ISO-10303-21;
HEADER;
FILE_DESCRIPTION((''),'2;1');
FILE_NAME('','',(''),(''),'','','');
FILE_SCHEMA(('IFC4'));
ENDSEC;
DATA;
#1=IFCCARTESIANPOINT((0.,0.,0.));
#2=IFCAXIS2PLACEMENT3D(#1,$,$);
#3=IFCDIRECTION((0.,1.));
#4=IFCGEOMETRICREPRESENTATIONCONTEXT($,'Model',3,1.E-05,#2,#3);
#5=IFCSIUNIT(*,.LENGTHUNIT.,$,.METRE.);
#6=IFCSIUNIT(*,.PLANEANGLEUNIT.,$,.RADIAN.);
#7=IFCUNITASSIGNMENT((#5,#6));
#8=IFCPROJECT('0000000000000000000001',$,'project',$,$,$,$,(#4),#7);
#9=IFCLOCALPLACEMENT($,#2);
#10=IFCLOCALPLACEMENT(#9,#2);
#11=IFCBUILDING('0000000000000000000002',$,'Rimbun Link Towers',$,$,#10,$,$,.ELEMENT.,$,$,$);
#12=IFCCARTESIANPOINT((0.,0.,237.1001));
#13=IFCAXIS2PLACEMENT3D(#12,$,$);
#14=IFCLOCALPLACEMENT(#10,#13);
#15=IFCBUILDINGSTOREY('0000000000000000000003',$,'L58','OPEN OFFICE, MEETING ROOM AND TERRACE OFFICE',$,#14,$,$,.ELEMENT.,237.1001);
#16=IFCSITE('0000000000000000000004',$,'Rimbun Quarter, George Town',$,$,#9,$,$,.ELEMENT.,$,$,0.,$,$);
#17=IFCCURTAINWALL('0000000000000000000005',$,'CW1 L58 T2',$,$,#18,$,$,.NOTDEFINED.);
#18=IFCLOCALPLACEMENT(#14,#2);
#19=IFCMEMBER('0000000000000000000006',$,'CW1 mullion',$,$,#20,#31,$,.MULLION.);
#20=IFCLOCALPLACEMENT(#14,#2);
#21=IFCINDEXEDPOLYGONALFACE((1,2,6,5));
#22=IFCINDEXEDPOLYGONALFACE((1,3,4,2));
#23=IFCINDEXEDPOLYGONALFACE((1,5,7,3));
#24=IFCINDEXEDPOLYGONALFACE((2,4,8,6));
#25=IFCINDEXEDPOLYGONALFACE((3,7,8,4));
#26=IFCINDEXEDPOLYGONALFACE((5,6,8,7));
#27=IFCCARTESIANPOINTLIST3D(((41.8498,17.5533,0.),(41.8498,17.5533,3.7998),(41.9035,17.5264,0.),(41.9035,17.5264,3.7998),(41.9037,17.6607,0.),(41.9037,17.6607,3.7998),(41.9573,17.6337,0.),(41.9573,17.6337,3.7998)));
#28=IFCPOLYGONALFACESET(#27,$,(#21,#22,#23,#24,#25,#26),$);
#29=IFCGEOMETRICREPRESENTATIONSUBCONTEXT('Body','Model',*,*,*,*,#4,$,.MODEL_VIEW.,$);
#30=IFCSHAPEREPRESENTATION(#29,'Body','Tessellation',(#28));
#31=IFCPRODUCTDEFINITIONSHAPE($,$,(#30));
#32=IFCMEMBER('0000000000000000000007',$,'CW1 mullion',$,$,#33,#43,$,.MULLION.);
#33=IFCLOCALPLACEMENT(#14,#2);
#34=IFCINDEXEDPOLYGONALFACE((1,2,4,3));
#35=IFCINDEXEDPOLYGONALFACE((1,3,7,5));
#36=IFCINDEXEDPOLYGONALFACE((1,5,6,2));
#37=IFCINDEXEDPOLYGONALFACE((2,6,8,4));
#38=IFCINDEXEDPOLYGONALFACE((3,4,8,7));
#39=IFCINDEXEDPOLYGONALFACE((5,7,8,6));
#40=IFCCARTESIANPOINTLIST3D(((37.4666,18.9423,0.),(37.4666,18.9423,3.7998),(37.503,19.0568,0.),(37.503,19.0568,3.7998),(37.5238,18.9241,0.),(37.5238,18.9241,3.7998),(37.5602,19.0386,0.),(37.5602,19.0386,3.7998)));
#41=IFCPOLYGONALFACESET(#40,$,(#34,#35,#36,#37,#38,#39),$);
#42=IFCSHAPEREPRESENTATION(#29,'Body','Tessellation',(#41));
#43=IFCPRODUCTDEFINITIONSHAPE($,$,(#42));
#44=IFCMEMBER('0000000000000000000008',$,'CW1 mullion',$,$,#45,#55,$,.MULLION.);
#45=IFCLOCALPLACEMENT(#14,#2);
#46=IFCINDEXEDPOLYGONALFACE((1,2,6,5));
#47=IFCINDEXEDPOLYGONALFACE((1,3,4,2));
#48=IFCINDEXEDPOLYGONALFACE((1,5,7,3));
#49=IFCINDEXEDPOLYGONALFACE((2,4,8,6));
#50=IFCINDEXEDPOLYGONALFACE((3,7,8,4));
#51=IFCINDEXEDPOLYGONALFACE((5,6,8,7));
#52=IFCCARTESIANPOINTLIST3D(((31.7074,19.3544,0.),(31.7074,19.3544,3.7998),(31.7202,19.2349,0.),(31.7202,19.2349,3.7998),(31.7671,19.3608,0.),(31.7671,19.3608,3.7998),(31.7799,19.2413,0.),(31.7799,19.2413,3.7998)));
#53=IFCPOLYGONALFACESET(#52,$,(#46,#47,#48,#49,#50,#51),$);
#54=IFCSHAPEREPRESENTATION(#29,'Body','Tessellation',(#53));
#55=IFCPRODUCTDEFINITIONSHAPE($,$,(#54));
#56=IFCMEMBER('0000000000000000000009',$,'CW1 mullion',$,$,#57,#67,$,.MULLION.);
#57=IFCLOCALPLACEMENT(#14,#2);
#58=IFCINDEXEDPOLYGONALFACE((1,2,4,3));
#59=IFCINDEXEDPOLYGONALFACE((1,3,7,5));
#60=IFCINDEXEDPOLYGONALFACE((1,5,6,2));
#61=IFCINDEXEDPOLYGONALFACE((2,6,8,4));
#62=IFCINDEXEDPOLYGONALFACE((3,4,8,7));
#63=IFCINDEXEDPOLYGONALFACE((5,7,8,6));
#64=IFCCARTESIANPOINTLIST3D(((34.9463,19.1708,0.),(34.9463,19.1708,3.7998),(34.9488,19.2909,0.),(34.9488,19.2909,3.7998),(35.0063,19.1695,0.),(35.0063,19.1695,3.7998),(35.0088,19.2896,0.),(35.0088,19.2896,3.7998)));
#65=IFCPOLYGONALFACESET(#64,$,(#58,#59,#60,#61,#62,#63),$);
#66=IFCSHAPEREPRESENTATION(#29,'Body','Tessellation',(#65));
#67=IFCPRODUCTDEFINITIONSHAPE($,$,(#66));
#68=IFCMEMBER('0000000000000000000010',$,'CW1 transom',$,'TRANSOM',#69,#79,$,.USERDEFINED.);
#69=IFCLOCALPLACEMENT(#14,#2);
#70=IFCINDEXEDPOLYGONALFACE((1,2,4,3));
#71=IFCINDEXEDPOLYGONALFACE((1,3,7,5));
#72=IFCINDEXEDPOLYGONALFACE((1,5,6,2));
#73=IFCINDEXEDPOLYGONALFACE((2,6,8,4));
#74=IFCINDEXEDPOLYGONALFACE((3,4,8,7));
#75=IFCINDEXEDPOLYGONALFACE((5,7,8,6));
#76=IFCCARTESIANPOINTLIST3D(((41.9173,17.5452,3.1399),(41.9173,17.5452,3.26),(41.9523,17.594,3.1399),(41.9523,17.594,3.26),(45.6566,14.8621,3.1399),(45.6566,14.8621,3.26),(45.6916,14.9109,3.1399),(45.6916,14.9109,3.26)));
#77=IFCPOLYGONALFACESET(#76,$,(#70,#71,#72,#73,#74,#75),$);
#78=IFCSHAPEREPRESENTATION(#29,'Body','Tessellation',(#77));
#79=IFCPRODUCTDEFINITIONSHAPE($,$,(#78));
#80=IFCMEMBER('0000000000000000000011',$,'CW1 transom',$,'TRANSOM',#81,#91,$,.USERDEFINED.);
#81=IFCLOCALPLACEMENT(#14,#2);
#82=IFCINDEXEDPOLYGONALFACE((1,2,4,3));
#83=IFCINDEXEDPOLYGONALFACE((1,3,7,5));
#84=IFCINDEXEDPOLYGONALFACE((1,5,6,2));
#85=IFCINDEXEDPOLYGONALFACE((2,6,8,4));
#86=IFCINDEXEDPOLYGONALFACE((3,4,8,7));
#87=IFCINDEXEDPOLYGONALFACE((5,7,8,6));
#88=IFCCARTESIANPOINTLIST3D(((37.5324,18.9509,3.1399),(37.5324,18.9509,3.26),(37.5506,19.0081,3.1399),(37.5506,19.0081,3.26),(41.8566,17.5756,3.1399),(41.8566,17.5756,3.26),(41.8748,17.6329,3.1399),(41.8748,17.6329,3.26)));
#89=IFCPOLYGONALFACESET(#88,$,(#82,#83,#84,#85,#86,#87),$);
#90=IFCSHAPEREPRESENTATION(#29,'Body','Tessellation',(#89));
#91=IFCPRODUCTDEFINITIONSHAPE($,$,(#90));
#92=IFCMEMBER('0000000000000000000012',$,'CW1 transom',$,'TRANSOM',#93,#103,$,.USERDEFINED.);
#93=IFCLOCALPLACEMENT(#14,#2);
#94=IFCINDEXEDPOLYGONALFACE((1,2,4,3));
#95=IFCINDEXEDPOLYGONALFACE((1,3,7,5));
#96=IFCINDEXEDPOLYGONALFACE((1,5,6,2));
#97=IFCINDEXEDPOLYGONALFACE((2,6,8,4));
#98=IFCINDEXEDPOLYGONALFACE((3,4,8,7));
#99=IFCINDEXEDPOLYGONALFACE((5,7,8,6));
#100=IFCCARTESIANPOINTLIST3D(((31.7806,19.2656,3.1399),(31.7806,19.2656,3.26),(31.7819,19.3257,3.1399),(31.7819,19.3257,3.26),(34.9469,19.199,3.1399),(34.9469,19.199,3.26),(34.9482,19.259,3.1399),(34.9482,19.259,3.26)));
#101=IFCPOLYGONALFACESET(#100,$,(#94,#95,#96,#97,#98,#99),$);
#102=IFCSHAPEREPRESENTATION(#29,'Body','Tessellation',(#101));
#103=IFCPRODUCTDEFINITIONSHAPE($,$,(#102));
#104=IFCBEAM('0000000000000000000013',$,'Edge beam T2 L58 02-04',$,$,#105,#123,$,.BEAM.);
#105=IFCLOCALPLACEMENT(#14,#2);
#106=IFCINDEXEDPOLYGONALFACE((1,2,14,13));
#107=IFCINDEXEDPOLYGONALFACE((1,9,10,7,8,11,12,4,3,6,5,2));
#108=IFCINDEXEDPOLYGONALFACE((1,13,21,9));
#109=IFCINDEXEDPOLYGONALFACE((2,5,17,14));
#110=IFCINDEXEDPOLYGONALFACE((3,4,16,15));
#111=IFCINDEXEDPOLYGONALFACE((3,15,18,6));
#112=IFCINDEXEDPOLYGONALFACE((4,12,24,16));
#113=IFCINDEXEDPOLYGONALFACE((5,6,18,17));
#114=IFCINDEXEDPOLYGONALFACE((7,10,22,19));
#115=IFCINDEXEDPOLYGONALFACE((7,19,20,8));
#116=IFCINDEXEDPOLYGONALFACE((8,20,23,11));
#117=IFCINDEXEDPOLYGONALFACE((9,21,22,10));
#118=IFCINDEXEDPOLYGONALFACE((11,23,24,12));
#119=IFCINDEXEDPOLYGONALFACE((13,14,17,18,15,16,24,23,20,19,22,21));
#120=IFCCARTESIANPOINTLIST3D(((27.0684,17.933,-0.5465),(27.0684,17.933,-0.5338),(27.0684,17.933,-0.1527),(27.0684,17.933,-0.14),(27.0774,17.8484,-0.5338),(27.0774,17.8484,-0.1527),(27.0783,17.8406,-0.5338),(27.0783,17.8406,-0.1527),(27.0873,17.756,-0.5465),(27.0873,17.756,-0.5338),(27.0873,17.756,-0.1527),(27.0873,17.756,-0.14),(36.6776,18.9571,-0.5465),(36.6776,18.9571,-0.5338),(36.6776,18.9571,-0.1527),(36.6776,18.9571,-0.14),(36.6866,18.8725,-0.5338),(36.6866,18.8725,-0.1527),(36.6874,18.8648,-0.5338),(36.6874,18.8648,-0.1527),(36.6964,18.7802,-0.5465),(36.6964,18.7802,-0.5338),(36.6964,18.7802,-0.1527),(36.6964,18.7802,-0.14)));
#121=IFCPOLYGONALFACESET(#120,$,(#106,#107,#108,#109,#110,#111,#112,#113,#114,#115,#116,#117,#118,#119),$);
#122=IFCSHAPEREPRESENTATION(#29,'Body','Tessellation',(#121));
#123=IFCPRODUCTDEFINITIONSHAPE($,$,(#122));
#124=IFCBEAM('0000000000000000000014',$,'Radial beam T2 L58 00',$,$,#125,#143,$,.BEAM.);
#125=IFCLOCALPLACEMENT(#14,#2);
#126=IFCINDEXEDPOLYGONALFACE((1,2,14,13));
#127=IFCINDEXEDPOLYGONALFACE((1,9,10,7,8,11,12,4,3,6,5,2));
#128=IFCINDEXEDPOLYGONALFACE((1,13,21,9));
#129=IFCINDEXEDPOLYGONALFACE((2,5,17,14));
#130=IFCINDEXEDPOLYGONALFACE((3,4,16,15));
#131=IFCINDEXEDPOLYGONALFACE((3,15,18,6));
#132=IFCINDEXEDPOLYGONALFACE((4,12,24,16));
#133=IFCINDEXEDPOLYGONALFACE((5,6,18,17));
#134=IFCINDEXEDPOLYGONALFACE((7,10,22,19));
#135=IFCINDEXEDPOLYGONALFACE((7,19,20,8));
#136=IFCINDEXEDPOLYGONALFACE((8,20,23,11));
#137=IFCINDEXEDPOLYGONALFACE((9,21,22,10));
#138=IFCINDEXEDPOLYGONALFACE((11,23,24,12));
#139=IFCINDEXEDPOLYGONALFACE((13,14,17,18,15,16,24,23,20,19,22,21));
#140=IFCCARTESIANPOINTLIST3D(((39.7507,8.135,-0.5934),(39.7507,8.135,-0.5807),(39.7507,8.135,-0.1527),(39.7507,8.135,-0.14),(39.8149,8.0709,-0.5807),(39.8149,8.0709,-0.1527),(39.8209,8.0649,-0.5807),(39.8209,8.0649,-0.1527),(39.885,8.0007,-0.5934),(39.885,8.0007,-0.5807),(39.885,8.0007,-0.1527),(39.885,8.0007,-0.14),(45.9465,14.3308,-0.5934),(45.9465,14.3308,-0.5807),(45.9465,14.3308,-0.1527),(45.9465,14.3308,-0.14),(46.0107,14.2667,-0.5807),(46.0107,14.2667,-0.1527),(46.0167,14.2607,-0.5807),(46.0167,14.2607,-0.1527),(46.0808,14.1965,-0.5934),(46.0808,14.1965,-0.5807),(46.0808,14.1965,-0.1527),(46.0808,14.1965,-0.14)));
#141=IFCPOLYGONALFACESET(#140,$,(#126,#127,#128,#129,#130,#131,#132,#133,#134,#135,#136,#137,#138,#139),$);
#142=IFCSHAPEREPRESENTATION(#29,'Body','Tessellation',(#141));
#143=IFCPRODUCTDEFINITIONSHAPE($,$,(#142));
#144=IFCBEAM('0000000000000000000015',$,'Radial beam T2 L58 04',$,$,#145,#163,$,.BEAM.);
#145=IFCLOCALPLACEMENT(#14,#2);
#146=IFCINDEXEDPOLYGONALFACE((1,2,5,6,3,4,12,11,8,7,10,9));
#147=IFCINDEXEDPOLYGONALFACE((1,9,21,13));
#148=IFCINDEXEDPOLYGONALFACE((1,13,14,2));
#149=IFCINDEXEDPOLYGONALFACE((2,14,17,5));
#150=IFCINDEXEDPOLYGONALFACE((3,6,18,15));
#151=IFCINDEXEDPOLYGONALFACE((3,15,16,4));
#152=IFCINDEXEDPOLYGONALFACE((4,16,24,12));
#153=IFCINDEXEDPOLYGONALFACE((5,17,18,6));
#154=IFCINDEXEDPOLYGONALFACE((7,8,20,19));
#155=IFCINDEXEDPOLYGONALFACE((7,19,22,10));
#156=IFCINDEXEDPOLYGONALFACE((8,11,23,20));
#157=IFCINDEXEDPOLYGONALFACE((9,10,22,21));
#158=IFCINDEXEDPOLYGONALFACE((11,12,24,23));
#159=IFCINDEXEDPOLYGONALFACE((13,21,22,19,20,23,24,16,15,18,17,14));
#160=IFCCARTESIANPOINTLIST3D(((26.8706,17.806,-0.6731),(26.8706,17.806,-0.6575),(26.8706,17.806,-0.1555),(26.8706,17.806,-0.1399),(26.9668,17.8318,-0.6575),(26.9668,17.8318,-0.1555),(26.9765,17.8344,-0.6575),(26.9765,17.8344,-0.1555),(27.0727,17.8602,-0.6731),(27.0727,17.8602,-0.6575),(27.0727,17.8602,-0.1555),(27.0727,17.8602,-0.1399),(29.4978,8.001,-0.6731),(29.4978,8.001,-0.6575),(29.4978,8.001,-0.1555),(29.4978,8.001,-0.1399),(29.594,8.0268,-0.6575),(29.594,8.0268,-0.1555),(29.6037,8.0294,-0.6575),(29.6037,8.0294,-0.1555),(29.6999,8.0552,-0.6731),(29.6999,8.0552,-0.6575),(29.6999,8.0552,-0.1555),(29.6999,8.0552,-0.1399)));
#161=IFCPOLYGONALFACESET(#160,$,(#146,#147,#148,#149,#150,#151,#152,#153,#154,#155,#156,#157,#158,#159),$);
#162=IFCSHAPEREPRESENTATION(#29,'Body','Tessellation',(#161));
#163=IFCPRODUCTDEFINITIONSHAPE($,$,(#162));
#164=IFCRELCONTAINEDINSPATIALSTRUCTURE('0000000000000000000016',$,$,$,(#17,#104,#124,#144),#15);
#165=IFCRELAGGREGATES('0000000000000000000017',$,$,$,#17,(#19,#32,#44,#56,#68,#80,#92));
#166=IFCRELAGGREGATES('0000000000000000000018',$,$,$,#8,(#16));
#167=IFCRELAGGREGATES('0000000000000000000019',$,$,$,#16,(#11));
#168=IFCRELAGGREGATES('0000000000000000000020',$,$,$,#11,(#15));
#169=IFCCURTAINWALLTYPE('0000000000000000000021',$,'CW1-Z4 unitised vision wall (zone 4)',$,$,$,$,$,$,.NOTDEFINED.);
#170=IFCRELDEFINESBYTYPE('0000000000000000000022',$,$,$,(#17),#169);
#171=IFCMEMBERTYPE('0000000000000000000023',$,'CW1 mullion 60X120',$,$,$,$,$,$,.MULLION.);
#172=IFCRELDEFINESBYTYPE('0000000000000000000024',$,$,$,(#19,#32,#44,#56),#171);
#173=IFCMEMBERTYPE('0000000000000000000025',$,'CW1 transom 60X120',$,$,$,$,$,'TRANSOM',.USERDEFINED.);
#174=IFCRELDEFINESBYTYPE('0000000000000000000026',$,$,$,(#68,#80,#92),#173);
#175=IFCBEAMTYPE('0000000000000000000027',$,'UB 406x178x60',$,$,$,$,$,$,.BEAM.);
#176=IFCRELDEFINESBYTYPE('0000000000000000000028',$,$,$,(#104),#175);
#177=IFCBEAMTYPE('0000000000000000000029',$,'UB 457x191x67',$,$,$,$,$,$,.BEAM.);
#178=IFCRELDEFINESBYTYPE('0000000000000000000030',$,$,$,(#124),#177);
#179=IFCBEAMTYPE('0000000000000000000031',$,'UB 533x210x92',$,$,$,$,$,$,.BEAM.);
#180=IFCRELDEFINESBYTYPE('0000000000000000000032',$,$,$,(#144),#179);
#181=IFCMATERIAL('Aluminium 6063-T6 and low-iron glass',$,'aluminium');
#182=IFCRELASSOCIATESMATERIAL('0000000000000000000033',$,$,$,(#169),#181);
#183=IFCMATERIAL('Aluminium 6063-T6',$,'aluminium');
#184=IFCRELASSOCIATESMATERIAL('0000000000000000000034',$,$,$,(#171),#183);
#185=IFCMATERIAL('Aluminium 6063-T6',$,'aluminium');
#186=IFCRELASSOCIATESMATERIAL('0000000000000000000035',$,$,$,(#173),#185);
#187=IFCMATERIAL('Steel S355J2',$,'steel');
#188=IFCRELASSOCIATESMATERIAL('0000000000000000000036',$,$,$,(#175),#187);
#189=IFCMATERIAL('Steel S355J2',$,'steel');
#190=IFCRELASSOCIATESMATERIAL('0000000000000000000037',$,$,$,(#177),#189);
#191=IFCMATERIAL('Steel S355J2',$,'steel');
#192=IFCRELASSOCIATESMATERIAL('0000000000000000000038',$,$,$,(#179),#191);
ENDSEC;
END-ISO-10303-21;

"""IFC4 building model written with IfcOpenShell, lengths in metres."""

from ifc_helpers import new_model, si_unit, direction, frame, origin, origin_2d, place, context, subcontext, project, spatial, rectangle, i_section, extrude, material, material_profile, profile_set, type_object, element, aggregate, save


model = new_model("IFC4")

# Units and contexts
model_context = context("Model", 3, precision=1e-05, world=origin(), true_north=direction((0.0, 1.0)))
body_context = subcontext(model_context, "Body", "Model", "MODEL_VIEW")
ifc_project = project(units=[si_unit("LENGTHUNIT", "METRE"), si_unit("PLANEANGLEUNIT", "RADIAN")], contexts=[model_context])

# Site, building, storey
site_placement = place(None, origin())
site = spatial("IfcSite", under=ifc_project, at=site_placement, Name="Rimbun Quarter, George Town", CompositionType="ELEMENT", RefElevation=0.0)
building_placement = place(site_placement, origin())
building = spatial("IfcBuilding", under=site, at=building_placement, Name="Rimbun Link Towers", CompositionType="ELEMENT")
storey_placement = place(building_placement, frame((0.0, 0.0, 237.1001)))
storey = spatial("IfcBuildingStorey", under=building, at=storey_placement, Name="L58", Description="OPEN OFFICE, MEETING ROOM AND TERRACE OFFICE", CompositionType="ELEMENT", Elevation=237.1001)

# Curtain wall, members
ifc_material_1 = material(Name="Aluminium 6063-T6 and low-iron glass", Category="aluminium")
curtain_wall_type = type_object("IfcCurtainWallType", Name="CW1-Z4 unitised vision wall (zone 4)", PredefinedType="NOTDEFINED", material=ifc_material_1)
curtain_wall_placement = place(storey_placement, origin())
curtain_wall = element("IfcCurtainWall", 1, at=curtain_wall_placement, inside=storey, type_object=curtain_wall_type, Name="CW1 L58 T2", PredefinedType="NOTDEFINED")
ifc_material_2 = material(Name="Aluminium 6063-T6", Category="aluminium")
ifc_material_profile_1 = material_profile(ifc_material_2, rectangle(XDim=0.1201, YDim=0.0601, at=origin_2d()), Name="MULLION 60X120")
ifc_profile_set_1 = profile_set([ifc_material_profile_1], Name="Aluminium 6063-T6")
member_type_1 = type_object("IfcMemberType", Name="CW1 mullion 60X120", PredefinedType="MULLION", material=ifc_profile_set_1)
member_1_placement = place(storey_placement, frame((41.9036, 17.5935, 0.0), z_axis=(0.0, 0.0, 1.0), x_axis=(0.448572, 0.893747, 0.0)))
member_1 = element("IfcMember", 2, at=member_1_placement, type_object=member_type_1, Name="CW1 mullion", PredefinedType="MULLION", context=body_context, shape_type="SweptSolid", body=[
    extrude(rectangle(XDim=0.1201, YDim=0.0601, at=origin_2d()), origin(), (0.0, 0.0, 1.0), 3.7998),
])
member_2_placement = place(storey_placement, frame((37.5134, 18.9905, 0.0), z_axis=(0.0, 0.0, 1.0), x_axis=(0.303072, 0.952968, 0.0)))
member_2 = element("IfcMember", 3, at=member_2_placement, type_object=member_type_1, Name="CW1 mullion", PredefinedType="MULLION", context=body_context, shape_type="SweptSolid", body=[
    extrude(rectangle(XDim=0.1201, YDim=0.0601, at=origin_2d()), origin(), (0.0, 0.0, 1.0), 3.7998),
])
member_3_placement = place(storey_placement, frame((31.7437, 19.2979, 0.0), z_axis=(0.0, 0.0, 1.0), x_axis=(-0.10664, 0.994298, 0.0)))
member_3 = element("IfcMember", 4, at=member_3_placement, type_object=member_type_1, Name="CW1 mullion", PredefinedType="MULLION", context=body_context, shape_type="SweptSolid", body=[
    extrude(rectangle(XDim=0.1201, YDim=0.0601, at=origin_2d()), origin(), (0.0, 0.0, 1.0), 3.7998),
])
member_4_placement = place(storey_placement, frame((34.9775, 19.2302, 0.0), z_axis=(0.0, 0.0, 1.0), x_axis=(0.021065, 0.999778, 0.0)))
member_4 = element("IfcMember", 5, at=member_4_placement, type_object=member_type_1, Name="CW1 mullion", PredefinedType="MULLION", context=body_context, shape_type="SweptSolid", body=[
    extrude(rectangle(XDim=0.1201, YDim=0.0601, at=origin_2d()), origin(), (0.0, 0.0, 1.0), 3.7998),
])
ifc_material_3 = material(Name="Aluminium 6063-T6", Category="aluminium")
ifc_material_profile_2 = material_profile(ifc_material_3, rectangle(XDim=0.0601, YDim=0.1201, at=origin_2d()), Name="TRANSOM 60X120")
ifc_profile_set_2 = profile_set([ifc_material_profile_2], Name="Aluminium 6063-T6")
member_type_2 = type_object("IfcMemberType", Name="CW1 transom 60X120", ElementType="TRANSOM", PredefinedType="USERDEFINED", material=ifc_profile_set_2)
member_5_placement = place(storey_placement, frame((41.9348, 17.5696, 3.2), z_axis=(0.812477, -0.582993, 0.0), x_axis=(0.582993, 0.812477, 0.0)))
member_5 = element("IfcMember", 6, at=member_5_placement, type_object=member_type_2, Name="CW1 transom", ObjectType="TRANSOM", PredefinedType="USERDEFINED", context=body_context, shape_type="SweptSolid", body=[
    extrude(rectangle(XDim=0.0601, YDim=0.1201, at=origin_2d()), origin(), (0.0, 0.0, 1.0), 4.6023),
])
member_6_placement = place(storey_placement, frame((37.5415, 18.9795, 3.2), z_axis=(0.952967, -0.303075, 0.0), x_axis=(0.303075, 0.952967, 0.0)))
member_6 = element("IfcMember", 7, at=member_6_placement, type_object=member_type_2, Name="CW1 transom", ObjectType="TRANSOM", PredefinedType="USERDEFINED", context=body_context, shape_type="SweptSolid", body=[
    extrude(rectangle(XDim=0.0601, YDim=0.1201, at=origin_2d()), origin(), (0.0, 0.0, 1.0), 4.5376),
])
member_7_placement = place(storey_placement, frame((31.7812, 19.2957, 3.2), z_axis=(0.999779, -0.021046, 0.0), x_axis=(0.021046, 0.999779, 0.0)))
member_7 = element("IfcMember", 8, at=member_7_placement, type_object=member_type_2, Name="CW1 transom", ObjectType="TRANSOM", PredefinedType="USERDEFINED", context=body_context, shape_type="SweptSolid", body=[
    extrude(rectangle(XDim=0.0601, YDim=0.1201, at=origin_2d()), origin(), (0.0, 0.0, 1.0), 3.167),
])

# Beams
ifc_material_4 = material(Name="Steel S355J2", Category="steel")
ifc_material_profile_3 = material_profile(ifc_material_4, i_section(OverallWidth=0.178, OverallDepth=0.4065, WebThickness=0.0078, FlangeThickness=0.0127, at=origin_2d()), Name="UB 406x178x60")
ifc_profile_set_3 = profile_set([ifc_material_profile_3], Name="Steel S355J2")
beam_type_1 = type_object("IfcBeamType", Name="UB 406x178x60", PredefinedType="BEAM", material=ifc_profile_set_3)
beam_1_placement = place(storey_placement, frame((36.687, 18.8687, -0.3433), z_axis=(-0.994368, -0.105983, 0.0), x_axis=(0.105983, -0.994368, 0.0)))
element("IfcBeam", 9, at=beam_1_placement, inside=storey, type_object=beam_type_1, Name="Edge beam T2 L58 02-04", PredefinedType="BEAM", context=body_context, shape_type="SweptSolid", body=[
    extrude(i_section(OverallWidth=0.178, OverallDepth=0.4065, WebThickness=0.0078, FlangeThickness=0.0127, at=origin_2d()), origin(), (0.0, 0.0, 1.0), 9.6636),
])
ifc_material_5 = material(Name="Steel S355J2", Category="steel")
ifc_material_profile_4 = material_profile(ifc_material_5, i_section(OverallWidth=0.1899, OverallDepth=0.4534, WebThickness=0.0085, FlangeThickness=0.0127, at=origin_2d()), Name="UB 457x191x67")
ifc_profile_set_4 = profile_set([ifc_material_profile_4], Name="Steel S355J2")
beam_type_2 = type_object("IfcBeamType", Name="UB 457x191x67", PredefinedType="BEAM", material=ifc_profile_set_4)
beam_2_placement = place(storey_placement, frame((39.8179, 8.0679, -0.3667), z_axis=(0.707107, 0.707107, 0.0), x_axis=(-0.707107, 0.707107, 0.0)))
element("IfcBeam", 10, at=beam_2_placement, inside=storey, type_object=beam_type_2, Name="Radial beam T2 L58 00", PredefinedType="BEAM", context=body_context, shape_type="SweptSolid", body=[
    extrude(i_section(OverallWidth=0.1899, OverallDepth=0.4534, WebThickness=0.0085, FlangeThickness=0.0127, at=origin_2d()), origin(), (0.0, 0.0, 1.0), 8.7622),
])
ifc_material_6 = material(Name="Steel S355J2", Category="steel")
ifc_material_profile_5 = material_profile(ifc_material_6, i_section(OverallWidth=0.2092, OverallDepth=0.5332, WebThickness=0.01, FlangeThickness=0.0156, at=origin_2d()), Name="UB 533x210x92")
ifc_profile_set_5 = profile_set([ifc_material_profile_5], Name="Steel S355J2")
beam_type_3 = type_object("IfcBeamType", Name="UB 533x210x92", PredefinedType="BEAM", material=ifc_profile_set_5)
beam_3_placement = place(storey_placement, frame((29.5989, 8.0281, -0.4065), z_axis=(-0.258817, 0.965926, 0.0), x_axis=(-0.965926, -0.258817, 0.0)))
element("IfcBeam", 11, at=beam_3_placement, inside=storey, type_object=beam_type_3, Name="Radial beam T2 L58 04", PredefinedType="BEAM", context=body_context, shape_type="SweptSolid", body=[
    extrude(i_section(OverallWidth=0.2092, OverallDepth=0.5332, WebThickness=0.01, FlangeThickness=0.0156, at=origin_2d()), origin(), (0.0, 0.0, 1.0), 10.1509),
])

aggregate(curtain_wall, [member_1, member_2, member_3, member_4, member_5, member_6, member_7])

save(model, "model.ifc")
